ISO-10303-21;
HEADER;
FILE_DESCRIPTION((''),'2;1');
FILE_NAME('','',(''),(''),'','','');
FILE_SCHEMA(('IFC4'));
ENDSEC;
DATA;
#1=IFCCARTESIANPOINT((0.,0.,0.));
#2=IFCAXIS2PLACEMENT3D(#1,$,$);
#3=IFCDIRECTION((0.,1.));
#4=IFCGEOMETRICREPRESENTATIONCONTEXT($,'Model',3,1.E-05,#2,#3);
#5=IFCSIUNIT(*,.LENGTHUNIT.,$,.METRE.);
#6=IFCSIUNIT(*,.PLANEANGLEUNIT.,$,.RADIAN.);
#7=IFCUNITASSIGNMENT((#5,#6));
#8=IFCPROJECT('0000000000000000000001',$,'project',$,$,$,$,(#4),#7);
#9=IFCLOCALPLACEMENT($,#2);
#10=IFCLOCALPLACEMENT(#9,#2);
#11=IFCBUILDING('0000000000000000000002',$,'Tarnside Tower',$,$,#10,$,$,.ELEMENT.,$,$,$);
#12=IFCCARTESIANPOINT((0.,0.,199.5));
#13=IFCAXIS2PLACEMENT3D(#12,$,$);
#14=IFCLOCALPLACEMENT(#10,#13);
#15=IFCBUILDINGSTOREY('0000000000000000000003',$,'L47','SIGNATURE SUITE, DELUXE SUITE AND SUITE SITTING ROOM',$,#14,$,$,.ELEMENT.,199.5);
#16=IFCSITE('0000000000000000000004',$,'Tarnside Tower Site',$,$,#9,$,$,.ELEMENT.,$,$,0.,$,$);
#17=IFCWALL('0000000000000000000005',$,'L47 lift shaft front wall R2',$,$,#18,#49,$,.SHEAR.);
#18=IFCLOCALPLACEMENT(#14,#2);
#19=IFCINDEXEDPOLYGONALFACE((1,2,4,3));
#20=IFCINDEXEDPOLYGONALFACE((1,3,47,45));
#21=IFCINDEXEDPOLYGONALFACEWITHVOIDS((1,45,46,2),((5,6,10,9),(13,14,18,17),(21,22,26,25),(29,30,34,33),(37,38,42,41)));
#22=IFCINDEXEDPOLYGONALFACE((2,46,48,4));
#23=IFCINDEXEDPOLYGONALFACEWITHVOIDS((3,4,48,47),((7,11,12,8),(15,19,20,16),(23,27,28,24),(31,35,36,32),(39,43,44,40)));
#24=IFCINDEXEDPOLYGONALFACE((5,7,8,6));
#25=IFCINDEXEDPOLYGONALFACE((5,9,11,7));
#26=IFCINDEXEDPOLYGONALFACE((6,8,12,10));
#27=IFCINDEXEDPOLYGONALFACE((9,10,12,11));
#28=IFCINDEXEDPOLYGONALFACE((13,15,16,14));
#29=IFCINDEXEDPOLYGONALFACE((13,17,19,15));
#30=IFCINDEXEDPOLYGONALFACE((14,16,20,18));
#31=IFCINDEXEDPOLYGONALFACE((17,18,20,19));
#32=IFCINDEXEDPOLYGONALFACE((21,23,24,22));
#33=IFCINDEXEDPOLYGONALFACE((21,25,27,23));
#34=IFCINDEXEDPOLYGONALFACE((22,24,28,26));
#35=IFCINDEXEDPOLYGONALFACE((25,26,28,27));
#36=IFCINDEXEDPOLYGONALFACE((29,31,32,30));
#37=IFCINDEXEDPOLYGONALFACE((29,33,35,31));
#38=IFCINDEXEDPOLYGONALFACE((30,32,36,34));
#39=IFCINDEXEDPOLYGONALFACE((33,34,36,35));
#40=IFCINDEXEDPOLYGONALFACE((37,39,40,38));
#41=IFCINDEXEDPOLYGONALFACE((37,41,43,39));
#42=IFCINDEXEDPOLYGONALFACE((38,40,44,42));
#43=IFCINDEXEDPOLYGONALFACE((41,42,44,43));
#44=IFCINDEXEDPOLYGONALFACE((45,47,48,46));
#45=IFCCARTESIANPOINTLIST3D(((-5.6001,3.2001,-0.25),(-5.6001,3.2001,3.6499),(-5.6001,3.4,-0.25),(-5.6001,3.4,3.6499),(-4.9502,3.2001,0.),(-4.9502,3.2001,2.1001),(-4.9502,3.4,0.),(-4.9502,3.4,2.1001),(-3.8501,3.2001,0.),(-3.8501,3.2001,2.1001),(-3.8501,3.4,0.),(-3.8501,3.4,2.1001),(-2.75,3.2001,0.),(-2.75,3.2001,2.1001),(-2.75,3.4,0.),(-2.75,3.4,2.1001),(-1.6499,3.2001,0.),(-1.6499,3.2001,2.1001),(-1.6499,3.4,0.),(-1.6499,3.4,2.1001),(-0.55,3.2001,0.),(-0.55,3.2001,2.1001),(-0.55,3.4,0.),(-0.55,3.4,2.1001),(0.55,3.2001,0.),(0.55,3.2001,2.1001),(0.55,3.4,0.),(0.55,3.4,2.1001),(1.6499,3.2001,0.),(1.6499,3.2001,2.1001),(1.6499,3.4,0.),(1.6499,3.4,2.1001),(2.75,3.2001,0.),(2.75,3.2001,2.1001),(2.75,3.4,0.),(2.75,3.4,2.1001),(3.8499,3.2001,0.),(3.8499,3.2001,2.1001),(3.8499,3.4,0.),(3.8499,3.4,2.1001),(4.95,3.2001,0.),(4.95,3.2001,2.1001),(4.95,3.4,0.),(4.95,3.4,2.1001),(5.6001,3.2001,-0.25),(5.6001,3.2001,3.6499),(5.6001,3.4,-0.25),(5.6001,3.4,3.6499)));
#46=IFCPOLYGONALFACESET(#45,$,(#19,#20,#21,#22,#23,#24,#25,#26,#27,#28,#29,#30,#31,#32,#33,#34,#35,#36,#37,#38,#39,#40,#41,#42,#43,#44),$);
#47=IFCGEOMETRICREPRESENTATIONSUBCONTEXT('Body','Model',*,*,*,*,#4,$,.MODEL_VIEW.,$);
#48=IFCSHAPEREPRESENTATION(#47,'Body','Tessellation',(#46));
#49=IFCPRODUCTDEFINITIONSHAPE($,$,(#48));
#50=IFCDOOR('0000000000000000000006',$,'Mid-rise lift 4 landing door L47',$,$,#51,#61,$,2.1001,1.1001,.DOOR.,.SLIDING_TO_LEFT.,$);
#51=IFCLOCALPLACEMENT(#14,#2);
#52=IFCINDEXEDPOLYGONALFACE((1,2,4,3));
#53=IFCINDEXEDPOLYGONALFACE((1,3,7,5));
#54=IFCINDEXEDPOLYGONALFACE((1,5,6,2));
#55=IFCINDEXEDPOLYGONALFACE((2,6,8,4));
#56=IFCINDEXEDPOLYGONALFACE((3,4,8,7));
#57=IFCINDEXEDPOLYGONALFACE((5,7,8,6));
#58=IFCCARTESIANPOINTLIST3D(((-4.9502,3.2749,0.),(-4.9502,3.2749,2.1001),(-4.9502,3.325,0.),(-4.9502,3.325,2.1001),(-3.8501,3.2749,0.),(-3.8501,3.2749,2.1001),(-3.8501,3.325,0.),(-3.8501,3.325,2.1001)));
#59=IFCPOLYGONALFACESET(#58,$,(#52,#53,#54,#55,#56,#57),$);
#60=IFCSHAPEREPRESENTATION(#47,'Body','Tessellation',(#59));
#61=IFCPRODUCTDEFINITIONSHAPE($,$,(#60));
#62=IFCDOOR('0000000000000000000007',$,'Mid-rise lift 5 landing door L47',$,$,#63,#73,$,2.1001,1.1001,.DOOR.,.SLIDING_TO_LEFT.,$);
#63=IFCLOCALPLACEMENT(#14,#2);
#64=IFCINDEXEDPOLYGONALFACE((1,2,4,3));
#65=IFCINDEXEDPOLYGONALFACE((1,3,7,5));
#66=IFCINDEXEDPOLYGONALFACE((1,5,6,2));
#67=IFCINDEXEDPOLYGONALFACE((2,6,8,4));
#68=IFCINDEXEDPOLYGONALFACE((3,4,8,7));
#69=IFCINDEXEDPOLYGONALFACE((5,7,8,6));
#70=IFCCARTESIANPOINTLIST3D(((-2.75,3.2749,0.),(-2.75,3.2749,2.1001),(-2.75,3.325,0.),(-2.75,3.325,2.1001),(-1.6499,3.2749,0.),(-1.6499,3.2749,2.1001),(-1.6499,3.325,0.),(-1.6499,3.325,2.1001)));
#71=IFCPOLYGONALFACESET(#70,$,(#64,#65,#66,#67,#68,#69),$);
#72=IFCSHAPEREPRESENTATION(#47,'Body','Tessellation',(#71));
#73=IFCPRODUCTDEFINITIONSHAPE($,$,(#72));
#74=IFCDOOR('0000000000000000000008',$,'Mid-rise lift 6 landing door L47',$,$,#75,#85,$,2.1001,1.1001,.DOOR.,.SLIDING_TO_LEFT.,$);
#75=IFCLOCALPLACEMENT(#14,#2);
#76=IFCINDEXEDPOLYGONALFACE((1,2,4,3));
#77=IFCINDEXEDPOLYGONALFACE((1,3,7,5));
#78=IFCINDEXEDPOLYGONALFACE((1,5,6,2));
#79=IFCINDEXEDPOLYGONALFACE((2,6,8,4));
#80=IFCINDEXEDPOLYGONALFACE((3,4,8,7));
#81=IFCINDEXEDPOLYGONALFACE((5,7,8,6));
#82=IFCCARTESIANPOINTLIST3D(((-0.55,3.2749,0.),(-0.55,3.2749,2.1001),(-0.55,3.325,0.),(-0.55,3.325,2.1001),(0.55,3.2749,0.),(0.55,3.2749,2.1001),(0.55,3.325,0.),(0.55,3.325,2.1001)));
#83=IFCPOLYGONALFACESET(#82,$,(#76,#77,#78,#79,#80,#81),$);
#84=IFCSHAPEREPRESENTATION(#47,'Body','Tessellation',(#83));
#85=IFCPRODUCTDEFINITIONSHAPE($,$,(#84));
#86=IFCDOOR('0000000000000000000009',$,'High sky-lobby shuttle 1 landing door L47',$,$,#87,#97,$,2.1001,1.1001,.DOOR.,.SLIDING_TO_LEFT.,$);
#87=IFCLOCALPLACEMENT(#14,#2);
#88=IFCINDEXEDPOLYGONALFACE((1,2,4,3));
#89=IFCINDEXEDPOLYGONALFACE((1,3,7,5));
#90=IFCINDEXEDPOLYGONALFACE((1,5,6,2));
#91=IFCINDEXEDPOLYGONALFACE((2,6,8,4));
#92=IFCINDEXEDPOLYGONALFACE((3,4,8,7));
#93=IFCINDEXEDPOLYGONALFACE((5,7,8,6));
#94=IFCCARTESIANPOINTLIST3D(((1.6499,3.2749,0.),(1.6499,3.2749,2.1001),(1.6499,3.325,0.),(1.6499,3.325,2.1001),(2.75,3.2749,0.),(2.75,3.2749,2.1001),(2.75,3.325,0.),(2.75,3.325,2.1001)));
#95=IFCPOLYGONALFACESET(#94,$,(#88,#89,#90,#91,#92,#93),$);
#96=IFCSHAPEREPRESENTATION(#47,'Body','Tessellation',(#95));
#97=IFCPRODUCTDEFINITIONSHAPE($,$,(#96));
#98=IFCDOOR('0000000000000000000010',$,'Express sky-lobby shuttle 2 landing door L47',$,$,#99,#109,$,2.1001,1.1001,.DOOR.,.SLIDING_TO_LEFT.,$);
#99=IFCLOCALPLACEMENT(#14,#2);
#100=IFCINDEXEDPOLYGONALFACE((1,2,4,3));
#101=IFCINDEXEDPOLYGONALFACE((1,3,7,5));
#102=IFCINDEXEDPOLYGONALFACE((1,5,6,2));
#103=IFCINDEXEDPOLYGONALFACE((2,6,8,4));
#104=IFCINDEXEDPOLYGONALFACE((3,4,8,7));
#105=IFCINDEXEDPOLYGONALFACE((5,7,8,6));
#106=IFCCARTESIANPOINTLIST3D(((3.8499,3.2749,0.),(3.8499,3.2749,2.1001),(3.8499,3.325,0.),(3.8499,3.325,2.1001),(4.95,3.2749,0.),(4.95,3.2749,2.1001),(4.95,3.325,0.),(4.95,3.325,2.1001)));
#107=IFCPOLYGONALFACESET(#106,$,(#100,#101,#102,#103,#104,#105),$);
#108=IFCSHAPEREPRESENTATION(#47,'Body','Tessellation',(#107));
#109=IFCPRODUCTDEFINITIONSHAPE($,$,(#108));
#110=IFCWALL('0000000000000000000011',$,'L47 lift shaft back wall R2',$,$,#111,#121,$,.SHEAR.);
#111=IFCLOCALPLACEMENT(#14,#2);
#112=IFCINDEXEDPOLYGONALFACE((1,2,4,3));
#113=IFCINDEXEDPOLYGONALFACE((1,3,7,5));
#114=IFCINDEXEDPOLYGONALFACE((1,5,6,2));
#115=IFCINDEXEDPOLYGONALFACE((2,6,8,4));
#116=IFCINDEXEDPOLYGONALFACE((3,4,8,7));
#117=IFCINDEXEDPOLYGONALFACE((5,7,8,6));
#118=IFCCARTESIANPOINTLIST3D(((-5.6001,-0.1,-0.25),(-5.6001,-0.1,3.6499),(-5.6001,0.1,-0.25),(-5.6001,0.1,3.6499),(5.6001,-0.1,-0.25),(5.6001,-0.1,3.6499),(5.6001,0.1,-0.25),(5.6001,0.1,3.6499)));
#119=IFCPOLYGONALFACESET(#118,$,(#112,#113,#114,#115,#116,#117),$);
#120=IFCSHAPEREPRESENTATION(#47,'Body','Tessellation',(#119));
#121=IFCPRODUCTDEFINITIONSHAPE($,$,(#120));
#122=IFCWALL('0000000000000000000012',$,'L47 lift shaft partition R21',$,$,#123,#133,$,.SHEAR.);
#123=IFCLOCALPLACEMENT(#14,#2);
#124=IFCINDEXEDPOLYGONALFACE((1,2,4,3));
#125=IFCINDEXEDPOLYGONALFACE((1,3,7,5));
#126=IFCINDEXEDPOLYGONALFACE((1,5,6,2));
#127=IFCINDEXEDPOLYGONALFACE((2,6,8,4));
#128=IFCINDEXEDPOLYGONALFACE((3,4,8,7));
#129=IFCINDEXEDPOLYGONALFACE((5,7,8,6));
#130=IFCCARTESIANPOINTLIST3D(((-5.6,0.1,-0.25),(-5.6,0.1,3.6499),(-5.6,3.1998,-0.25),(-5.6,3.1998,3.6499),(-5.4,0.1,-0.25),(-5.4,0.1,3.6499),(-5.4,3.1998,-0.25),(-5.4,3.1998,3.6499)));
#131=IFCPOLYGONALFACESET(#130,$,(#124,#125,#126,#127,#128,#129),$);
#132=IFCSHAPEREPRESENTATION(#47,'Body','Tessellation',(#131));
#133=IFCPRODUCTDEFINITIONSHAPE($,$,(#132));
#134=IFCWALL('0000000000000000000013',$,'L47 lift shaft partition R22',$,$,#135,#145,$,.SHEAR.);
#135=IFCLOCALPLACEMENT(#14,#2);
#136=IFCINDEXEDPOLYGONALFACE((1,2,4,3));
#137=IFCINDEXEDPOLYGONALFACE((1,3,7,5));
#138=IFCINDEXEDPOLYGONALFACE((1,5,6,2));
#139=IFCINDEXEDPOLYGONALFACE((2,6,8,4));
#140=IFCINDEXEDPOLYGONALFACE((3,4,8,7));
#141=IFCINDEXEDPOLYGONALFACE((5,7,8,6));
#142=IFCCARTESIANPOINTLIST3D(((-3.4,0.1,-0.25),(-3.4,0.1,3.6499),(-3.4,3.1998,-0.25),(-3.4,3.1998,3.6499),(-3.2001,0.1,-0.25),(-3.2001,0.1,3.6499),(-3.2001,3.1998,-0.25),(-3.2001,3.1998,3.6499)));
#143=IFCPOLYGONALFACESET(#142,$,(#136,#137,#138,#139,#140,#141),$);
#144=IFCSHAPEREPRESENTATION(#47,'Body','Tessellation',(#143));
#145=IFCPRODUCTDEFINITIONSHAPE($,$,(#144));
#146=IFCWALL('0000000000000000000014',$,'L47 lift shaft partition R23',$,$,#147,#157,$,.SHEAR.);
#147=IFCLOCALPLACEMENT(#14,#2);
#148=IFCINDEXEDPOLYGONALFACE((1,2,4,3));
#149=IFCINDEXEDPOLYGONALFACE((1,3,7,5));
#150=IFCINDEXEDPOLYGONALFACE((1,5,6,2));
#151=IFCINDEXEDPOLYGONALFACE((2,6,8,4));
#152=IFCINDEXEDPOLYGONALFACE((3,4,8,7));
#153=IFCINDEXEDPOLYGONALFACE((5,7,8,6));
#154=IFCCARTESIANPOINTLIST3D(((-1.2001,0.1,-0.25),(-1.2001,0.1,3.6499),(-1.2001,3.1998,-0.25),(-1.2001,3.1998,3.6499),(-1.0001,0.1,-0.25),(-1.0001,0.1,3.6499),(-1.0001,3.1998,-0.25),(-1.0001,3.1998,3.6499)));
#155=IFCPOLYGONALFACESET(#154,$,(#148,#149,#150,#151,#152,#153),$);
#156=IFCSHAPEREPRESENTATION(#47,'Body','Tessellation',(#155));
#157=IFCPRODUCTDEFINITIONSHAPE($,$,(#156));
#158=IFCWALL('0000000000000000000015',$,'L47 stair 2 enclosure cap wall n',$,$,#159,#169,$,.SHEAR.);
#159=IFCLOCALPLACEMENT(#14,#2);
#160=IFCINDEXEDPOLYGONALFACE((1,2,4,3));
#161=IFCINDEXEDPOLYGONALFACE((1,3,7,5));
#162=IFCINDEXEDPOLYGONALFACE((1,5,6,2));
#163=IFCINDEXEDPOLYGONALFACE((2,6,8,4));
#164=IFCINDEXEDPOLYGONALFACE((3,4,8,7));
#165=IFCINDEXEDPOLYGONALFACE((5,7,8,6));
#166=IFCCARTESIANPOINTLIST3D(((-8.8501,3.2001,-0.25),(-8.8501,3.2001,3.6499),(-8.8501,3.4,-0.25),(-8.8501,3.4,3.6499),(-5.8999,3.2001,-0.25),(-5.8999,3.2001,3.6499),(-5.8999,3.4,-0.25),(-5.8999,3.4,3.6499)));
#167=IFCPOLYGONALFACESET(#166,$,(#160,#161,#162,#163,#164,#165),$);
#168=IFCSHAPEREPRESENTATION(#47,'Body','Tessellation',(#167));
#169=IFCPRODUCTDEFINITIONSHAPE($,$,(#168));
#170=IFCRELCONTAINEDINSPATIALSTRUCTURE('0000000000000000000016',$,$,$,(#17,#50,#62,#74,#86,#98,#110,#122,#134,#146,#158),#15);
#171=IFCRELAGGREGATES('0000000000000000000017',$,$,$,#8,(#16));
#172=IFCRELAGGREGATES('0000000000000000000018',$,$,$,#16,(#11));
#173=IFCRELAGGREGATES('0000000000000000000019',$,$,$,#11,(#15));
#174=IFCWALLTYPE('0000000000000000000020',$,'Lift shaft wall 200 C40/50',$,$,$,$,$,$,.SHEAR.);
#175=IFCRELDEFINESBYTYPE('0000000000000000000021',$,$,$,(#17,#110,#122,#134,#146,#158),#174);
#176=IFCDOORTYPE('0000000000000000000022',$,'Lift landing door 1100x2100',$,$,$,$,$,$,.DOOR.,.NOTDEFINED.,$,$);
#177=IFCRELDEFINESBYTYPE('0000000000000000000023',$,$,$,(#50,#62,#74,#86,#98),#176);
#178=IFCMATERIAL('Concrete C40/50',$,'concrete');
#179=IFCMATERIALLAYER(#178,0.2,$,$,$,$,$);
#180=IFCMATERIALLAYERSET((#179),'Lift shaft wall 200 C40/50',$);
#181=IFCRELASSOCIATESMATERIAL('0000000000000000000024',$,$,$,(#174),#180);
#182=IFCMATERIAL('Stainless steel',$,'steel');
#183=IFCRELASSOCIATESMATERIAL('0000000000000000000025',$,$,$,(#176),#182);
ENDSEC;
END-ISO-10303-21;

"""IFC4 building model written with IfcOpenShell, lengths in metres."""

from ifc_helpers import new_model, si_unit, direction, frame, frame_2d, origin, place, context, subcontext, project, spatial, rectangle, extrude, material, layer, layer_set, type_object, element, fill, save


model = new_model("IFC4")

# Units and contexts
model_context = context("Model", 3, precision=1e-05, world=origin(), true_north=direction((0.0, 1.0)))
body_context = subcontext(model_context, "Body", "Model", "MODEL_VIEW")
ifc_project = project(units=[si_unit("LENGTHUNIT", "METRE"), si_unit("PLANEANGLEUNIT", "RADIAN")], contexts=[model_context])

# Site, building, storey
site_placement = place(None, origin())
site = spatial("IfcSite", under=ifc_project, at=site_placement, Name="Tarnside Tower Site", CompositionType="ELEMENT", RefElevation=0.0)
building_placement = place(site_placement, origin())
building = spatial("IfcBuilding", under=site, at=building_placement, Name="Tarnside Tower", CompositionType="ELEMENT")
storey_placement = place(building_placement, frame((0.0, 0.0, 199.5)))
storey = spatial("IfcBuildingStorey", under=building, at=storey_placement, Name="L47", Description="SIGNATURE SUITE, DELUXE SUITE AND SUITE SITTING ROOM", CompositionType="ELEMENT", Elevation=199.5)

# Shared definitions
ifc_material_1 = material(Name="Concrete C40/50", Category="concrete")

# Shared definitions
ifc_layer_1 = layer(ifc_material_1, 0.2)
ifc_layer_set_1 = layer_set([ifc_layer_1], Name="Lift shaft wall 200 C40/50")
wall_type = type_object("IfcWallType", Name="Lift shaft wall 200 C40/50", PredefinedType="SHEAR", material=ifc_layer_set_1)
ifc_material_2 = material(Name="Stainless steel", Category="steel")
door_type_1 = type_object("IfcDoorType", Name="Lift landing door 1100x2100", OperationType="NOTDEFINED", PredefinedType="DOOR", material=ifc_material_2)

# Wall, openings, doors
wall_1_placement = place(storey_placement, frame((-5.6001, 3.3, -0.25), z_axis=(0.0, 0.0, 1.0), x_axis=(1.0, 0.0, 0.0)))
wall_1 = element("IfcWall", 1, at=wall_1_placement, inside=storey, type_object=wall_type, Name="L47 lift shaft front wall R2", PredefinedType="SHEAR", context=body_context, shape_type="SweptSolid", body=[
    extrude(rectangle(XDim=11.2002, YDim=0.2, at=frame_2d((5.6001, 0.0))), origin(), (0.0, 0.0, 1.0), 3.8999),
])
opening_1_placement = place(wall_1_placement, frame((0.6499, 0.0, 0.25)))
opening_1 = element("IfcOpeningElement", 2, at=opening_1_placement, cuts=wall_1, PredefinedType="OPENING", context=body_context, shape_type="SweptSolid", body=[
    extrude(rectangle(XDim=1.1001, YDim=2.1001, at=frame_2d((0.55, 1.05))), frame((0.0, 0.1099, 0.0), z_axis=(0.0, -1.0, 0.0), x_axis=(1.0, 0.0, 0.0)), (0.0, 0.0, 1.0), 0.22),
])
opening_2_placement = place(wall_1_placement, frame((2.8501, 0.0, 0.25)))
opening_2 = element("IfcOpeningElement", 3, at=opening_2_placement, cuts=wall_1, PredefinedType="OPENING", context=body_context, shape_type="SweptSolid", body=[
    extrude(rectangle(XDim=1.1001, YDim=2.1001, at=frame_2d((0.55, 1.05))), frame((0.0, 0.1099, 0.0), z_axis=(0.0, -1.0, 0.0), x_axis=(1.0, 0.0, 0.0)), (0.0, 0.0, 1.0), 0.22),
])
opening_3_placement = place(wall_1_placement, frame((5.05, 0.0, 0.25)))
opening_3 = element("IfcOpeningElement", 4, at=opening_3_placement, cuts=wall_1, PredefinedType="OPENING", context=body_context, shape_type="SweptSolid", body=[
    extrude(rectangle(XDim=1.1001, YDim=2.1001, at=frame_2d((0.55, 1.05))), frame((0.0, 0.1099, 0.0), z_axis=(0.0, -1.0, 0.0), x_axis=(1.0, 0.0, 0.0)), (0.0, 0.0, 1.0), 0.22),
])
opening_4_placement = place(wall_1_placement, frame((7.25, 0.0, 0.25)))
opening_4 = element("IfcOpeningElement", 5, at=opening_4_placement, cuts=wall_1, PredefinedType="OPENING", context=body_context, shape_type="SweptSolid", body=[
    extrude(rectangle(XDim=1.1001, YDim=2.1001, at=frame_2d((0.55, 1.05))), frame((0.0, 0.1099, 0.0), z_axis=(0.0, -1.0, 0.0), x_axis=(1.0, 0.0, 0.0)), (0.0, 0.0, 1.0), 0.22),
])
opening_5_placement = place(wall_1_placement, frame((9.45, 0.0, 0.25)))
opening_5 = element("IfcOpeningElement", 6, at=opening_5_placement, cuts=wall_1, PredefinedType="OPENING", context=body_context, shape_type="SweptSolid", body=[
    extrude(rectangle(XDim=1.1001, YDim=2.1001, at=frame_2d((0.55, 1.05))), frame((0.0, 0.1099, 0.0), z_axis=(0.0, -1.0, 0.0), x_axis=(1.0, 0.0, 0.0)), (0.0, 0.0, 1.0), 0.22),
])
door_1_placement = place(opening_1_placement, origin())
door_1 = element("IfcDoor", 7, at=door_1_placement, inside=storey, type_object=door_type_1, Name="Mid-rise lift 4 landing door L47", OperationType="SLIDING_TO_LEFT", OverallHeight=2.1001, OverallWidth=1.1001, PredefinedType="DOOR", context=body_context, shape_type="SweptSolid", body=[
    extrude(rectangle(XDim=1.1001, YDim=2.1001, at=frame_2d((0.55, 1.05))), frame((0.0, 0.0249, 0.0), z_axis=(0.0, -1.0, 0.0), x_axis=(1.0, 0.0, 0.0)), (0.0, 0.0, 1.0), 0.05),
])
fill(opening_1, door_1)
door_2_placement = place(opening_2_placement, origin())
door_2 = element("IfcDoor", 8, at=door_2_placement, inside=storey, type_object=door_type_1, Name="Mid-rise lift 5 landing door L47", OperationType="SLIDING_TO_LEFT", OverallHeight=2.1001, OverallWidth=1.1001, PredefinedType="DOOR", context=body_context, shape_type="SweptSolid", body=[
    extrude(rectangle(XDim=1.1001, YDim=2.1001, at=frame_2d((0.55, 1.05))), frame((0.0, 0.0249, 0.0), z_axis=(0.0, -1.0, 0.0), x_axis=(1.0, 0.0, 0.0)), (0.0, 0.0, 1.0), 0.05),
])
fill(opening_2, door_2)
door_3_placement = place(opening_3_placement, origin())
door_3 = element("IfcDoor", 9, at=door_3_placement, inside=storey, type_object=door_type_1, Name="Mid-rise lift 6 landing door L47", OperationType="SLIDING_TO_LEFT", OverallHeight=2.1001, OverallWidth=1.1001, PredefinedType="DOOR", context=body_context, shape_type="SweptSolid", body=[
    extrude(rectangle(XDim=1.1001, YDim=2.1001, at=frame_2d((0.55, 1.05))), frame((0.0, 0.0249, 0.0), z_axis=(0.0, -1.0, 0.0), x_axis=(1.0, 0.0, 0.0)), (0.0, 0.0, 1.0), 0.05),
])
fill(opening_3, door_3)
door_4_placement = place(opening_4_placement, origin())
door_4 = element("IfcDoor", 10, at=door_4_placement, inside=storey, type_object=door_type_1, Name="High sky-lobby shuttle 1 landing door L47", OperationType="SLIDING_TO_LEFT", OverallHeight=2.1001, OverallWidth=1.1001, PredefinedType="DOOR", context=body_context, shape_type="SweptSolid", body=[
    extrude(rectangle(XDim=1.1001, YDim=2.1001, at=frame_2d((0.55, 1.05))), frame((0.0, 0.0249, 0.0), z_axis=(0.0, -1.0, 0.0), x_axis=(1.0, 0.0, 0.0)), (0.0, 0.0, 1.0), 0.05),
])
fill(opening_4, door_4)
door_5_placement = place(opening_5_placement, origin())
door_5 = element("IfcDoor", 11, at=door_5_placement, inside=storey, type_object=door_type_1, Name="Express sky-lobby shuttle 2 landing door L47", OperationType="SLIDING_TO_LEFT", OverallHeight=2.1001, OverallWidth=1.1001, PredefinedType="DOOR", context=body_context, shape_type="SweptSolid", body=[
    extrude(rectangle(XDim=1.1001, YDim=2.1001, at=frame_2d((0.55, 1.05))), frame((0.0, 0.0249, 0.0), z_axis=(0.0, -1.0, 0.0), x_axis=(1.0, 0.0, 0.0)), (0.0, 0.0, 1.0), 0.05),
])
fill(opening_5, door_5)

# Walls
wall_2_placement = place(storey_placement, frame((-5.6001, 0.0, -0.25), z_axis=(0.0, 0.0, 1.0), x_axis=(1.0, 0.0, 0.0)))
element("IfcWall", 12, at=wall_2_placement, inside=storey, type_object=wall_type, Name="L47 lift shaft back wall R2", PredefinedType="SHEAR", context=body_context, shape_type="SweptSolid", body=[
    extrude(rectangle(XDim=11.2002, YDim=0.2, at=frame_2d((5.6001, 0.0))), origin(), (0.0, 0.0, 1.0), 3.8999),
])
for number, where, z_axis, x_axis, name in (
    (13, (-5.5, 0.1001, -0.25), (0.0, 0.0, 1.0), (0.0, 1.0, 0.0), "L47 lift shaft partition R21"),
    (14, (-3.3, 0.1001, -0.25), (0.0, 0.0, 1.0), (0.0, 1.0, 0.0), "L47 lift shaft partition R22"),
    (15, (-1.1001, 0.1001, -0.25), (0.0, 0.0, 1.0), (0.0, 1.0, 0.0), "L47 lift shaft partition R23"),
):
    element("IfcWall", number, at=place(storey_placement, frame(where, z_axis=z_axis, x_axis=x_axis)), inside=storey, type_object=wall_type, Name=name, PredefinedType="SHEAR", context=body_context, shape_type="SweptSolid", body=[
        extrude(rectangle(XDim=3.0999, YDim=0.2, at=frame_2d((1.5498, 0.0))), origin(), (0.0, 0.0, 1.0), 3.8999),
    ])
wall_3_placement = place(storey_placement, frame((-8.8501, 3.3, -0.25), z_axis=(0.0, 0.0, 1.0), x_axis=(1.0, 0.0, 0.0)))
element("IfcWall", 16, at=wall_3_placement, inside=storey, type_object=wall_type, Name="L47 stair 2 enclosure cap wall n", PredefinedType="SHEAR", context=body_context, shape_type="SweptSolid", body=[
    extrude(rectangle(XDim=2.9502, YDim=0.2, at=frame_2d((1.4751, 0.0))), origin(), (0.0, 0.0, 1.0), 3.8999),
])

save(model, "model.ifc")
